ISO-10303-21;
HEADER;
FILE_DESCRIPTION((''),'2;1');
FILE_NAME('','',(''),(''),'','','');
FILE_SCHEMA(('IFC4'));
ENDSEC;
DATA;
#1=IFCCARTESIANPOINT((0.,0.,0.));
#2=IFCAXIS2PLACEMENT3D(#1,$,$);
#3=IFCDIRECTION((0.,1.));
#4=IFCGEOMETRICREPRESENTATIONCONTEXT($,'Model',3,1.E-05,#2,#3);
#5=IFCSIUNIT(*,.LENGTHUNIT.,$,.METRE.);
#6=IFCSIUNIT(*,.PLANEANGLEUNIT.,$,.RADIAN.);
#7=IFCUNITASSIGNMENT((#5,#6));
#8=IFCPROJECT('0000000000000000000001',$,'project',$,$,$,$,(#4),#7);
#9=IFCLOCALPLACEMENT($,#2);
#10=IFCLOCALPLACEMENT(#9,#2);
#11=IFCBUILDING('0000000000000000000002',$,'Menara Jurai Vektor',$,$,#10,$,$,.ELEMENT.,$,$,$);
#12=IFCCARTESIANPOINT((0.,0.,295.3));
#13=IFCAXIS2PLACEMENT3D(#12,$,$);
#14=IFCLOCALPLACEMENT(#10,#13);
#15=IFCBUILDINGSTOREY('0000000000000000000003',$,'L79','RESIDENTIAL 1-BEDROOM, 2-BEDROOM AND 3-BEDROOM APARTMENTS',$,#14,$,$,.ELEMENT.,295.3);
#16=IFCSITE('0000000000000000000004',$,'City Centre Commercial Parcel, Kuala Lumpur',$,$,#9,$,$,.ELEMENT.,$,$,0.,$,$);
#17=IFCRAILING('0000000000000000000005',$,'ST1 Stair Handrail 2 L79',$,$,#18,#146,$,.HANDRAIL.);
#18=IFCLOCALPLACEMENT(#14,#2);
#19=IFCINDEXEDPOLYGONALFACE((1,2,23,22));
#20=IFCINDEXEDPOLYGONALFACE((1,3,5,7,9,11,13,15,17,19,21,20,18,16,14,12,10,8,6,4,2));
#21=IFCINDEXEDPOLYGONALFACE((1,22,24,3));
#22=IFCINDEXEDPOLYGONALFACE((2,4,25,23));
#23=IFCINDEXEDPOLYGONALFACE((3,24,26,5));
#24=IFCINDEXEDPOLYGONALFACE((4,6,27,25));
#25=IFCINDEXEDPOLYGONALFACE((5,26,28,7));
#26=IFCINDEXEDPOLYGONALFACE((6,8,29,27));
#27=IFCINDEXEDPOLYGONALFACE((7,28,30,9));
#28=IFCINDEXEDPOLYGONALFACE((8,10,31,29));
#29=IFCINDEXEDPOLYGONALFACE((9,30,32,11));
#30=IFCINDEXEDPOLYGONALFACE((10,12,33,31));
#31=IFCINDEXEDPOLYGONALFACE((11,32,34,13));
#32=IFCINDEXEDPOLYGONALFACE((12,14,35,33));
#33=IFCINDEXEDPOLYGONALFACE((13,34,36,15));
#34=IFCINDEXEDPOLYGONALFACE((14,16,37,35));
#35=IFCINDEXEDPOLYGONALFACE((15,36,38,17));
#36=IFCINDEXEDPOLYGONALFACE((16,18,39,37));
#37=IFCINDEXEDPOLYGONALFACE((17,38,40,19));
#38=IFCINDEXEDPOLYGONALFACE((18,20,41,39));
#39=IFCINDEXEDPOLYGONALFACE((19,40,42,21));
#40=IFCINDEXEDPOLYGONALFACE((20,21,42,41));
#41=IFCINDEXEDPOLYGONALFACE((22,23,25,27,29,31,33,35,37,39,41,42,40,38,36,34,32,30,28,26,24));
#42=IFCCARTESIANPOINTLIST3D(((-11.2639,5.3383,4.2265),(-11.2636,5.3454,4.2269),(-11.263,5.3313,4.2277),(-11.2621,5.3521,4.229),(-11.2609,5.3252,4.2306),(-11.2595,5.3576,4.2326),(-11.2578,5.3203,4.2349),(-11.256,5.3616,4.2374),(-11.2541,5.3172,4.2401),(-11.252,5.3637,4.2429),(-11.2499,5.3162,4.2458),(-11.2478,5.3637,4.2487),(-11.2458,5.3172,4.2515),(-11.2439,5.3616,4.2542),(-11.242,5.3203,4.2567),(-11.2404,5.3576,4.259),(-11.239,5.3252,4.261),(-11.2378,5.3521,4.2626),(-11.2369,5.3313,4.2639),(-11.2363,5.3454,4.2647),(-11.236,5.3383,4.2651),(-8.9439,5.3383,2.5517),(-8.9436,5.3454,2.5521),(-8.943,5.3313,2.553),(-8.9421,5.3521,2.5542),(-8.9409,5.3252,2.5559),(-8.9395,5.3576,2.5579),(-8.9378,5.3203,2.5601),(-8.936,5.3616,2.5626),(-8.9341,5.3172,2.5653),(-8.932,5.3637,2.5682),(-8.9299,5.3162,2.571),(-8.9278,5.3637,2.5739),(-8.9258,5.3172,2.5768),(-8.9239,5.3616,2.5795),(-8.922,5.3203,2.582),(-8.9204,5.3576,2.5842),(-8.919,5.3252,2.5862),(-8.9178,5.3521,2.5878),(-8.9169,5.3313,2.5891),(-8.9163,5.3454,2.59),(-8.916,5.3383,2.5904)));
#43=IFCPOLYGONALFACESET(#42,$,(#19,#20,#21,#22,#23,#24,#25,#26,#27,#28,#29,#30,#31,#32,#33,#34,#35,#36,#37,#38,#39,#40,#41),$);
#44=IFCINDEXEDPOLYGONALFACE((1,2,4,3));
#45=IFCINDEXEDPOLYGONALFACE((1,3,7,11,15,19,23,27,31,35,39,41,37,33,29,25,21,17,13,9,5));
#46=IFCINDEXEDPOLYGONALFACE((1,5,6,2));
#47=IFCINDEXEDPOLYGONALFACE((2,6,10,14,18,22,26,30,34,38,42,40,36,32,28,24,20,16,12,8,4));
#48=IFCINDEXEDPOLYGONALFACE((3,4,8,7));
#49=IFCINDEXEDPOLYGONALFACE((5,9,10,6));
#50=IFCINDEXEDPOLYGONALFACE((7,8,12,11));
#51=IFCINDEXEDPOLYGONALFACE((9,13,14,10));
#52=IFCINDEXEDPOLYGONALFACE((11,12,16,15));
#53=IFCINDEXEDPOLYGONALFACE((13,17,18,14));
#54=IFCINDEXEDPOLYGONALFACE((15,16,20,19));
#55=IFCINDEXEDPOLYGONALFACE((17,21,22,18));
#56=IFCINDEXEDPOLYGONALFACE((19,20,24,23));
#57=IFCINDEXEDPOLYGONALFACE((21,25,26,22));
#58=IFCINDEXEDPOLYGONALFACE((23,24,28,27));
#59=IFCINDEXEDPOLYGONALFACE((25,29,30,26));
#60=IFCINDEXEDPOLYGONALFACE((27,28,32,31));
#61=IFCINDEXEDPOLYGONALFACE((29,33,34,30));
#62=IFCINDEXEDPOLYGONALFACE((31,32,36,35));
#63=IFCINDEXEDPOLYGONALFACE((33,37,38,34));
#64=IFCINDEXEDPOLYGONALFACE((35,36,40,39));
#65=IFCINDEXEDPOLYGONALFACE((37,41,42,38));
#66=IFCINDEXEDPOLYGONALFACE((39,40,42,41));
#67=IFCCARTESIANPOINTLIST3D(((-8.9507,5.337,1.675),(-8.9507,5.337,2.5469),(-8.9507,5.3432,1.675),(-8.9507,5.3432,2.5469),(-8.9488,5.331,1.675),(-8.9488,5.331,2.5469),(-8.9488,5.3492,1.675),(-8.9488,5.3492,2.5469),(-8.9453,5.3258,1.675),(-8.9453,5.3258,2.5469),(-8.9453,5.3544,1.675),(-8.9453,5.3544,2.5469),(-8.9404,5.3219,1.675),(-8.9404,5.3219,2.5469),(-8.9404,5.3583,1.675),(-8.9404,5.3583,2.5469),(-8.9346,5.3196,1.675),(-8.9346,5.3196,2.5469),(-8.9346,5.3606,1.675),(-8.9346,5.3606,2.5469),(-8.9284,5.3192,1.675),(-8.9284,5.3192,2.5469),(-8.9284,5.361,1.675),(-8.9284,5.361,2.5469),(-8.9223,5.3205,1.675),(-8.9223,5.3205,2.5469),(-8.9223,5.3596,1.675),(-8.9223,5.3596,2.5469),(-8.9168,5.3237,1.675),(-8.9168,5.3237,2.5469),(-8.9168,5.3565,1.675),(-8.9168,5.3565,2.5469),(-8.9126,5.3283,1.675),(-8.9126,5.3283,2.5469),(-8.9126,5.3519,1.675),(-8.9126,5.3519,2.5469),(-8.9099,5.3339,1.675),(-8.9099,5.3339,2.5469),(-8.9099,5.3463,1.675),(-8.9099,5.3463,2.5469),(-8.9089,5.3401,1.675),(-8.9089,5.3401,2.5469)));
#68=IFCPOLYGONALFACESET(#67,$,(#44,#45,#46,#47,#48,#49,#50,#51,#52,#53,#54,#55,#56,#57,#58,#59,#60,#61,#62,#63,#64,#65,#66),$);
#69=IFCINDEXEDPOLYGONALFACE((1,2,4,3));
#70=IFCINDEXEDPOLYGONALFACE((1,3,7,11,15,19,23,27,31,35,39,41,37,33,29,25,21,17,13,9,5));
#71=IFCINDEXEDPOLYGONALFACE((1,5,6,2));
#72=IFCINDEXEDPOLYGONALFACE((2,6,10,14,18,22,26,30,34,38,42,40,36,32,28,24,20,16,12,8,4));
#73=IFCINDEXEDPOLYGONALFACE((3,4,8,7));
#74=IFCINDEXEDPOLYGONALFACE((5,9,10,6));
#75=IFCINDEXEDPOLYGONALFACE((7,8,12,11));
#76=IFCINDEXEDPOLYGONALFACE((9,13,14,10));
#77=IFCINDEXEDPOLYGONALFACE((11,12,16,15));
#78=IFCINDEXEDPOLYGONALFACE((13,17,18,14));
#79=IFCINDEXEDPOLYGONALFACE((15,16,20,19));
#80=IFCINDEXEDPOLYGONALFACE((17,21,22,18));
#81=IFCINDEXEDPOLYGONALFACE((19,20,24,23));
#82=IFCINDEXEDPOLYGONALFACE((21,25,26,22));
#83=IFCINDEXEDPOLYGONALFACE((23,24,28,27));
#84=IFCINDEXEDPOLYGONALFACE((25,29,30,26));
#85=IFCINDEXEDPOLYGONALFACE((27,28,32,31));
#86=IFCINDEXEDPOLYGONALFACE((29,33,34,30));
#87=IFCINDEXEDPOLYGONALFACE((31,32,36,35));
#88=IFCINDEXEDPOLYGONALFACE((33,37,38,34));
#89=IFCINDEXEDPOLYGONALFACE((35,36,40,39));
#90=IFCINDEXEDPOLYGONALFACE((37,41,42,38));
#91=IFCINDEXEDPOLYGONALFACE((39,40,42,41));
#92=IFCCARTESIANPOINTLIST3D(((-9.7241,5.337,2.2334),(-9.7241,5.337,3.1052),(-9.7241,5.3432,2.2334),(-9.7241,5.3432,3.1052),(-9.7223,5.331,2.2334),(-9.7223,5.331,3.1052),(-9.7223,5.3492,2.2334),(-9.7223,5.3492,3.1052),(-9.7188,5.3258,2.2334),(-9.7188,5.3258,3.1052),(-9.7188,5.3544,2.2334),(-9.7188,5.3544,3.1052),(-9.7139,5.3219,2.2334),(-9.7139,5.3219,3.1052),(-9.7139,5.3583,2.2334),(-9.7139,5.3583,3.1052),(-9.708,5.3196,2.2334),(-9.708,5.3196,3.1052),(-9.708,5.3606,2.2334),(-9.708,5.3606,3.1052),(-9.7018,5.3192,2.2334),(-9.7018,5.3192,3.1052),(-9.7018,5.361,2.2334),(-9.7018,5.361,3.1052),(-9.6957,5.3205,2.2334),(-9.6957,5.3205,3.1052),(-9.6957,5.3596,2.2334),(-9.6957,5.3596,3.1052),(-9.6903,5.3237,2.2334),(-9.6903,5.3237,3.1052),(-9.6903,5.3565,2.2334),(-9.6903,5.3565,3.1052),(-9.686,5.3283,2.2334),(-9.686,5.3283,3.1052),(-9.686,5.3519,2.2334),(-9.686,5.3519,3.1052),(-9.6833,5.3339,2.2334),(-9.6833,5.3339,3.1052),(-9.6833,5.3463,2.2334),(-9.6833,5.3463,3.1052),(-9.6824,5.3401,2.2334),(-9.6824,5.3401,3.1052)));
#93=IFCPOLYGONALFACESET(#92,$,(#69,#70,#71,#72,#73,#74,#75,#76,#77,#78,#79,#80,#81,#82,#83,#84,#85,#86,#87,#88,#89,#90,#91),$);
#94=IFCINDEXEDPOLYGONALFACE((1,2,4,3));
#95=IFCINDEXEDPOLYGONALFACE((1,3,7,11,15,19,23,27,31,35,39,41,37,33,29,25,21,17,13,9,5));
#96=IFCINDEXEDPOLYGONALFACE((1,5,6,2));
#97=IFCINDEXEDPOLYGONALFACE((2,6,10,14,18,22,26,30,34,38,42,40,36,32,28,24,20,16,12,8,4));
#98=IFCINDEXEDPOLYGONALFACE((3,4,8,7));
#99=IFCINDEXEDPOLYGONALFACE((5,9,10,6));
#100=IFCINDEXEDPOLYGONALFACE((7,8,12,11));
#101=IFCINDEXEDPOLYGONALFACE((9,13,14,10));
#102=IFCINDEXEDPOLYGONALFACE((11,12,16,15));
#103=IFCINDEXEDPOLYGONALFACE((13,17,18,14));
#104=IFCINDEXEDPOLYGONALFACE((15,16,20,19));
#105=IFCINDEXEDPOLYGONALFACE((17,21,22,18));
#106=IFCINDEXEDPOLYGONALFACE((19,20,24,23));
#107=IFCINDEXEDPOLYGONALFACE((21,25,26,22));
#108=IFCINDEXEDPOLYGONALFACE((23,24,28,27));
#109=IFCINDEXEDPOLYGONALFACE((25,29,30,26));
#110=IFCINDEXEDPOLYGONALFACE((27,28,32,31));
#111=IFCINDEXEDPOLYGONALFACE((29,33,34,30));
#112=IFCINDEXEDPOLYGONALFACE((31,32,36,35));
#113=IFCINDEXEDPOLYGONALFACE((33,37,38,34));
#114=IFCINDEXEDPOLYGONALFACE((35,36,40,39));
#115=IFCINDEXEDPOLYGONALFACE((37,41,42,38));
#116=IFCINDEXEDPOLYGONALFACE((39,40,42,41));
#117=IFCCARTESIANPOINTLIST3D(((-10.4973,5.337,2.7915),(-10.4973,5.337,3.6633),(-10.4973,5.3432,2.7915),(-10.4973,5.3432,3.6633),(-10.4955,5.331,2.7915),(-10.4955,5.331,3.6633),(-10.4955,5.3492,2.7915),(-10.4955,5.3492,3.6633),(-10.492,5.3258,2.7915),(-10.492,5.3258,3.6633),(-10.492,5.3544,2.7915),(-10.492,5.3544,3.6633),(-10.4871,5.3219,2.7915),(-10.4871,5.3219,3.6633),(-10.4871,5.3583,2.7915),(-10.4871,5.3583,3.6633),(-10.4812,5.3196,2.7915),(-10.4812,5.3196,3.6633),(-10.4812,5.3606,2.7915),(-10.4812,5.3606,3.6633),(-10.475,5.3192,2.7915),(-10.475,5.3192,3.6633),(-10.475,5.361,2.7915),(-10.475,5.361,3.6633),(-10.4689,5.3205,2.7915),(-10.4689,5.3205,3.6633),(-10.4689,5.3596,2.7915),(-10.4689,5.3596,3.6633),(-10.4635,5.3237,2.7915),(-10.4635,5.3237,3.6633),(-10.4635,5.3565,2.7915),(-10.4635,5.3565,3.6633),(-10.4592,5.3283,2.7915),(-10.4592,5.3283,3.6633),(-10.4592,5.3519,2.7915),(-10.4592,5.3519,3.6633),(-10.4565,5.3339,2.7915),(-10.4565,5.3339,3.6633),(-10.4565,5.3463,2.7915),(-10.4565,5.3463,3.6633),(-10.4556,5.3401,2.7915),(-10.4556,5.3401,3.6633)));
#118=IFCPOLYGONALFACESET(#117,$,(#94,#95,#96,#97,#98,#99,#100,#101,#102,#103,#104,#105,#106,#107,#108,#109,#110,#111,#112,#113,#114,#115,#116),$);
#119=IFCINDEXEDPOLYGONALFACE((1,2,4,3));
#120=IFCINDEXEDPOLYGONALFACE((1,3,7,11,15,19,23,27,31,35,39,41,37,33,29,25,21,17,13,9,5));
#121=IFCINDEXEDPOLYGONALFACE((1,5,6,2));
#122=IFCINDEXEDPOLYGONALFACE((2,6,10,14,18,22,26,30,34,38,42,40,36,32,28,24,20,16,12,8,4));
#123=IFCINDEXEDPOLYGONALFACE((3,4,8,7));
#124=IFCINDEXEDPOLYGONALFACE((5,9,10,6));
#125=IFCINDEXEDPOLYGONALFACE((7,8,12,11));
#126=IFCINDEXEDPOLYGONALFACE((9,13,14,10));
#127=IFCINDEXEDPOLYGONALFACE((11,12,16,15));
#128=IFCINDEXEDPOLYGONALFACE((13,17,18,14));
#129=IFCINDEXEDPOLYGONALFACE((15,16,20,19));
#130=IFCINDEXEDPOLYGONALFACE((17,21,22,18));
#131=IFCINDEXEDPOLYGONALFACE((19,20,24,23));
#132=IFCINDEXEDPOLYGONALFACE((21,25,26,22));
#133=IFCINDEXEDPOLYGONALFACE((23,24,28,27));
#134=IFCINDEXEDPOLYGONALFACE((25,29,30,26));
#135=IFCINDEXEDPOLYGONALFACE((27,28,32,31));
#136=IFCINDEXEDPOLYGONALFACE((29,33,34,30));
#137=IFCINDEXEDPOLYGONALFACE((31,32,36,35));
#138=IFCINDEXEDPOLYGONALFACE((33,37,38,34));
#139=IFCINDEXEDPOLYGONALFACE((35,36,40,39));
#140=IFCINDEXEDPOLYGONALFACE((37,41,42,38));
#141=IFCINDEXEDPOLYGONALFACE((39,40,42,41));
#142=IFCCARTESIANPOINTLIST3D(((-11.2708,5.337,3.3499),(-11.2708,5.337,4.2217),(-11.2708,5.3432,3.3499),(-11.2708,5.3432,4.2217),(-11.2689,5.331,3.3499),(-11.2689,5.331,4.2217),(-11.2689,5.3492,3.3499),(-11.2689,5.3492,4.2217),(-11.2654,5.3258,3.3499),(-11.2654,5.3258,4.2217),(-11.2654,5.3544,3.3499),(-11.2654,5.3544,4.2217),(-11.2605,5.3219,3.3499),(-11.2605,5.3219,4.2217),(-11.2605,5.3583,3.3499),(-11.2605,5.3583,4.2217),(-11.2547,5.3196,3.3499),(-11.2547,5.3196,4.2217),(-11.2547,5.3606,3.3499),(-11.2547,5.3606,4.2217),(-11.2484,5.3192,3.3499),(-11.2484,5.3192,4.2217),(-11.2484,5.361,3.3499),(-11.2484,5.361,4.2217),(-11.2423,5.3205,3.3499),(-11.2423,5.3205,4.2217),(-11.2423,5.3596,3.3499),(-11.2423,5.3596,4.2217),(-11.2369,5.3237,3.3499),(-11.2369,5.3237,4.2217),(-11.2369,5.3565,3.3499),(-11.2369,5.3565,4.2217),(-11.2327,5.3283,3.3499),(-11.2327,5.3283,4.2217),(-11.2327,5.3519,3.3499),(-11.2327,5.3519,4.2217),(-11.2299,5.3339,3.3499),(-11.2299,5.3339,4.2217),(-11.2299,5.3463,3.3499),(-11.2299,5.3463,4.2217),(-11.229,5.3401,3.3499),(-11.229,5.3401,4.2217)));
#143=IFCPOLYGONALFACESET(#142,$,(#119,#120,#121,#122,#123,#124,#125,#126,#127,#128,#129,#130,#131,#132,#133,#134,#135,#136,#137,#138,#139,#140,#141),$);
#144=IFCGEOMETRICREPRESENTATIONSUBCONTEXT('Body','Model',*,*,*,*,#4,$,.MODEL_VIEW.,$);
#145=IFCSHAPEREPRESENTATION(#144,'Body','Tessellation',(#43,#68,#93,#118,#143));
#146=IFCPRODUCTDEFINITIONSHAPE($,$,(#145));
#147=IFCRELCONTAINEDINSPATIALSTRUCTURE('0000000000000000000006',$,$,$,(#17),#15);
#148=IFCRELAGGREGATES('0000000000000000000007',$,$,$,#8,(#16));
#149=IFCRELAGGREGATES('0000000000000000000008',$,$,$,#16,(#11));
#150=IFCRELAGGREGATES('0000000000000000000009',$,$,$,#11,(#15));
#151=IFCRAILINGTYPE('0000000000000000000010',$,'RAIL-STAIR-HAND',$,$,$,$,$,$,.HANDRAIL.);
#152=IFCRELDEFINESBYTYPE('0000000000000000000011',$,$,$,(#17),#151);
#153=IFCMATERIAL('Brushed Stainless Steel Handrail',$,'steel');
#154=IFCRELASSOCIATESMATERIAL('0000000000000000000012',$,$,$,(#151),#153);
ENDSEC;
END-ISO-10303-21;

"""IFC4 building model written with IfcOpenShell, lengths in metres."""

from ifc_helpers import new_model, si_unit, direction, frame, origin, origin_2d, place, context, subcontext, project, spatial, circle, extrude, material, type_object, element, save


model = new_model("IFC4")

# Units and contexts
model_context = context("Model", 3, precision=1e-05, world=origin(), true_north=direction((0.0, 1.0)))
body_context = subcontext(model_context, "Body", "Model", "MODEL_VIEW")
ifc_project = project(units=[si_unit("LENGTHUNIT", "METRE"), si_unit("PLANEANGLEUNIT", "RADIAN")], contexts=[model_context])

# Site, building, storey
site_placement = place(None, origin())
site = spatial("IfcSite", under=ifc_project, at=site_placement, Name="City Centre Commercial Parcel, Kuala Lumpur", CompositionType="ELEMENT", RefElevation=0.0)
building_placement = place(site_placement, origin())
building = spatial("IfcBuilding", under=site, at=building_placement, Name="Menara Jurai Vektor", CompositionType="ELEMENT")
storey_placement = place(building_placement, frame((0.0, 0.0, 295.3)))
storey = spatial("IfcBuildingStorey", under=building, at=storey_placement, Name="L79", Description="RESIDENTIAL 1-BEDROOM, 2-BEDROOM AND 3-BEDROOM APARTMENTS", CompositionType="ELEMENT", Elevation=295.3)

# Railing
ifc_material_1 = material(Name="Brushed Stainless Steel Handrail", Category="steel")
railing_type_1 = type_object("IfcRailingType", Name="RAIL-STAIR-HAND", PredefinedType="HANDRAIL", material=ifc_material_1)
railing_1_placement = place(storey_placement, frame((-8.9299, 5.3401, 1.675)))
element("IfcRailing", 1, at=railing_1_placement, inside=storey, type_object=railing_type_1, Name="ST1 Stair Handrail 2 L79", PredefinedType="HANDRAIL", context=body_context, shape_type="SweptSolid", body=[
    extrude(circle(Radius=0.0239, at=origin_2d()), frame((0.0, 0.0, 0.896), z_axis=(-0.810812, 0.0, 0.585307), x_axis=(0.0, -1.0, 0.0)), (0.0, 0.0, 1.0), 2.8613),
    extrude(circle(Radius=0.021, at=origin_2d()), origin(), (0.0, 0.0, 1.0), 0.8718),
    extrude(circle(Radius=0.021, at=origin_2d()), frame((-0.7734, 0.0, 0.5583)), (0.0, 0.0, 1.0), 0.8718),
    extrude(circle(Radius=0.021, at=origin_2d()), frame((-1.5466, 0.0, 1.1165)), (0.0, 0.0, 1.0), 0.8718),
    extrude(circle(Radius=0.021, at=origin_2d()), frame((-2.3201, 0.0, 1.6748)), (0.0, 0.0, 1.0), 0.8718),
])

save(model, "model.ifc")
